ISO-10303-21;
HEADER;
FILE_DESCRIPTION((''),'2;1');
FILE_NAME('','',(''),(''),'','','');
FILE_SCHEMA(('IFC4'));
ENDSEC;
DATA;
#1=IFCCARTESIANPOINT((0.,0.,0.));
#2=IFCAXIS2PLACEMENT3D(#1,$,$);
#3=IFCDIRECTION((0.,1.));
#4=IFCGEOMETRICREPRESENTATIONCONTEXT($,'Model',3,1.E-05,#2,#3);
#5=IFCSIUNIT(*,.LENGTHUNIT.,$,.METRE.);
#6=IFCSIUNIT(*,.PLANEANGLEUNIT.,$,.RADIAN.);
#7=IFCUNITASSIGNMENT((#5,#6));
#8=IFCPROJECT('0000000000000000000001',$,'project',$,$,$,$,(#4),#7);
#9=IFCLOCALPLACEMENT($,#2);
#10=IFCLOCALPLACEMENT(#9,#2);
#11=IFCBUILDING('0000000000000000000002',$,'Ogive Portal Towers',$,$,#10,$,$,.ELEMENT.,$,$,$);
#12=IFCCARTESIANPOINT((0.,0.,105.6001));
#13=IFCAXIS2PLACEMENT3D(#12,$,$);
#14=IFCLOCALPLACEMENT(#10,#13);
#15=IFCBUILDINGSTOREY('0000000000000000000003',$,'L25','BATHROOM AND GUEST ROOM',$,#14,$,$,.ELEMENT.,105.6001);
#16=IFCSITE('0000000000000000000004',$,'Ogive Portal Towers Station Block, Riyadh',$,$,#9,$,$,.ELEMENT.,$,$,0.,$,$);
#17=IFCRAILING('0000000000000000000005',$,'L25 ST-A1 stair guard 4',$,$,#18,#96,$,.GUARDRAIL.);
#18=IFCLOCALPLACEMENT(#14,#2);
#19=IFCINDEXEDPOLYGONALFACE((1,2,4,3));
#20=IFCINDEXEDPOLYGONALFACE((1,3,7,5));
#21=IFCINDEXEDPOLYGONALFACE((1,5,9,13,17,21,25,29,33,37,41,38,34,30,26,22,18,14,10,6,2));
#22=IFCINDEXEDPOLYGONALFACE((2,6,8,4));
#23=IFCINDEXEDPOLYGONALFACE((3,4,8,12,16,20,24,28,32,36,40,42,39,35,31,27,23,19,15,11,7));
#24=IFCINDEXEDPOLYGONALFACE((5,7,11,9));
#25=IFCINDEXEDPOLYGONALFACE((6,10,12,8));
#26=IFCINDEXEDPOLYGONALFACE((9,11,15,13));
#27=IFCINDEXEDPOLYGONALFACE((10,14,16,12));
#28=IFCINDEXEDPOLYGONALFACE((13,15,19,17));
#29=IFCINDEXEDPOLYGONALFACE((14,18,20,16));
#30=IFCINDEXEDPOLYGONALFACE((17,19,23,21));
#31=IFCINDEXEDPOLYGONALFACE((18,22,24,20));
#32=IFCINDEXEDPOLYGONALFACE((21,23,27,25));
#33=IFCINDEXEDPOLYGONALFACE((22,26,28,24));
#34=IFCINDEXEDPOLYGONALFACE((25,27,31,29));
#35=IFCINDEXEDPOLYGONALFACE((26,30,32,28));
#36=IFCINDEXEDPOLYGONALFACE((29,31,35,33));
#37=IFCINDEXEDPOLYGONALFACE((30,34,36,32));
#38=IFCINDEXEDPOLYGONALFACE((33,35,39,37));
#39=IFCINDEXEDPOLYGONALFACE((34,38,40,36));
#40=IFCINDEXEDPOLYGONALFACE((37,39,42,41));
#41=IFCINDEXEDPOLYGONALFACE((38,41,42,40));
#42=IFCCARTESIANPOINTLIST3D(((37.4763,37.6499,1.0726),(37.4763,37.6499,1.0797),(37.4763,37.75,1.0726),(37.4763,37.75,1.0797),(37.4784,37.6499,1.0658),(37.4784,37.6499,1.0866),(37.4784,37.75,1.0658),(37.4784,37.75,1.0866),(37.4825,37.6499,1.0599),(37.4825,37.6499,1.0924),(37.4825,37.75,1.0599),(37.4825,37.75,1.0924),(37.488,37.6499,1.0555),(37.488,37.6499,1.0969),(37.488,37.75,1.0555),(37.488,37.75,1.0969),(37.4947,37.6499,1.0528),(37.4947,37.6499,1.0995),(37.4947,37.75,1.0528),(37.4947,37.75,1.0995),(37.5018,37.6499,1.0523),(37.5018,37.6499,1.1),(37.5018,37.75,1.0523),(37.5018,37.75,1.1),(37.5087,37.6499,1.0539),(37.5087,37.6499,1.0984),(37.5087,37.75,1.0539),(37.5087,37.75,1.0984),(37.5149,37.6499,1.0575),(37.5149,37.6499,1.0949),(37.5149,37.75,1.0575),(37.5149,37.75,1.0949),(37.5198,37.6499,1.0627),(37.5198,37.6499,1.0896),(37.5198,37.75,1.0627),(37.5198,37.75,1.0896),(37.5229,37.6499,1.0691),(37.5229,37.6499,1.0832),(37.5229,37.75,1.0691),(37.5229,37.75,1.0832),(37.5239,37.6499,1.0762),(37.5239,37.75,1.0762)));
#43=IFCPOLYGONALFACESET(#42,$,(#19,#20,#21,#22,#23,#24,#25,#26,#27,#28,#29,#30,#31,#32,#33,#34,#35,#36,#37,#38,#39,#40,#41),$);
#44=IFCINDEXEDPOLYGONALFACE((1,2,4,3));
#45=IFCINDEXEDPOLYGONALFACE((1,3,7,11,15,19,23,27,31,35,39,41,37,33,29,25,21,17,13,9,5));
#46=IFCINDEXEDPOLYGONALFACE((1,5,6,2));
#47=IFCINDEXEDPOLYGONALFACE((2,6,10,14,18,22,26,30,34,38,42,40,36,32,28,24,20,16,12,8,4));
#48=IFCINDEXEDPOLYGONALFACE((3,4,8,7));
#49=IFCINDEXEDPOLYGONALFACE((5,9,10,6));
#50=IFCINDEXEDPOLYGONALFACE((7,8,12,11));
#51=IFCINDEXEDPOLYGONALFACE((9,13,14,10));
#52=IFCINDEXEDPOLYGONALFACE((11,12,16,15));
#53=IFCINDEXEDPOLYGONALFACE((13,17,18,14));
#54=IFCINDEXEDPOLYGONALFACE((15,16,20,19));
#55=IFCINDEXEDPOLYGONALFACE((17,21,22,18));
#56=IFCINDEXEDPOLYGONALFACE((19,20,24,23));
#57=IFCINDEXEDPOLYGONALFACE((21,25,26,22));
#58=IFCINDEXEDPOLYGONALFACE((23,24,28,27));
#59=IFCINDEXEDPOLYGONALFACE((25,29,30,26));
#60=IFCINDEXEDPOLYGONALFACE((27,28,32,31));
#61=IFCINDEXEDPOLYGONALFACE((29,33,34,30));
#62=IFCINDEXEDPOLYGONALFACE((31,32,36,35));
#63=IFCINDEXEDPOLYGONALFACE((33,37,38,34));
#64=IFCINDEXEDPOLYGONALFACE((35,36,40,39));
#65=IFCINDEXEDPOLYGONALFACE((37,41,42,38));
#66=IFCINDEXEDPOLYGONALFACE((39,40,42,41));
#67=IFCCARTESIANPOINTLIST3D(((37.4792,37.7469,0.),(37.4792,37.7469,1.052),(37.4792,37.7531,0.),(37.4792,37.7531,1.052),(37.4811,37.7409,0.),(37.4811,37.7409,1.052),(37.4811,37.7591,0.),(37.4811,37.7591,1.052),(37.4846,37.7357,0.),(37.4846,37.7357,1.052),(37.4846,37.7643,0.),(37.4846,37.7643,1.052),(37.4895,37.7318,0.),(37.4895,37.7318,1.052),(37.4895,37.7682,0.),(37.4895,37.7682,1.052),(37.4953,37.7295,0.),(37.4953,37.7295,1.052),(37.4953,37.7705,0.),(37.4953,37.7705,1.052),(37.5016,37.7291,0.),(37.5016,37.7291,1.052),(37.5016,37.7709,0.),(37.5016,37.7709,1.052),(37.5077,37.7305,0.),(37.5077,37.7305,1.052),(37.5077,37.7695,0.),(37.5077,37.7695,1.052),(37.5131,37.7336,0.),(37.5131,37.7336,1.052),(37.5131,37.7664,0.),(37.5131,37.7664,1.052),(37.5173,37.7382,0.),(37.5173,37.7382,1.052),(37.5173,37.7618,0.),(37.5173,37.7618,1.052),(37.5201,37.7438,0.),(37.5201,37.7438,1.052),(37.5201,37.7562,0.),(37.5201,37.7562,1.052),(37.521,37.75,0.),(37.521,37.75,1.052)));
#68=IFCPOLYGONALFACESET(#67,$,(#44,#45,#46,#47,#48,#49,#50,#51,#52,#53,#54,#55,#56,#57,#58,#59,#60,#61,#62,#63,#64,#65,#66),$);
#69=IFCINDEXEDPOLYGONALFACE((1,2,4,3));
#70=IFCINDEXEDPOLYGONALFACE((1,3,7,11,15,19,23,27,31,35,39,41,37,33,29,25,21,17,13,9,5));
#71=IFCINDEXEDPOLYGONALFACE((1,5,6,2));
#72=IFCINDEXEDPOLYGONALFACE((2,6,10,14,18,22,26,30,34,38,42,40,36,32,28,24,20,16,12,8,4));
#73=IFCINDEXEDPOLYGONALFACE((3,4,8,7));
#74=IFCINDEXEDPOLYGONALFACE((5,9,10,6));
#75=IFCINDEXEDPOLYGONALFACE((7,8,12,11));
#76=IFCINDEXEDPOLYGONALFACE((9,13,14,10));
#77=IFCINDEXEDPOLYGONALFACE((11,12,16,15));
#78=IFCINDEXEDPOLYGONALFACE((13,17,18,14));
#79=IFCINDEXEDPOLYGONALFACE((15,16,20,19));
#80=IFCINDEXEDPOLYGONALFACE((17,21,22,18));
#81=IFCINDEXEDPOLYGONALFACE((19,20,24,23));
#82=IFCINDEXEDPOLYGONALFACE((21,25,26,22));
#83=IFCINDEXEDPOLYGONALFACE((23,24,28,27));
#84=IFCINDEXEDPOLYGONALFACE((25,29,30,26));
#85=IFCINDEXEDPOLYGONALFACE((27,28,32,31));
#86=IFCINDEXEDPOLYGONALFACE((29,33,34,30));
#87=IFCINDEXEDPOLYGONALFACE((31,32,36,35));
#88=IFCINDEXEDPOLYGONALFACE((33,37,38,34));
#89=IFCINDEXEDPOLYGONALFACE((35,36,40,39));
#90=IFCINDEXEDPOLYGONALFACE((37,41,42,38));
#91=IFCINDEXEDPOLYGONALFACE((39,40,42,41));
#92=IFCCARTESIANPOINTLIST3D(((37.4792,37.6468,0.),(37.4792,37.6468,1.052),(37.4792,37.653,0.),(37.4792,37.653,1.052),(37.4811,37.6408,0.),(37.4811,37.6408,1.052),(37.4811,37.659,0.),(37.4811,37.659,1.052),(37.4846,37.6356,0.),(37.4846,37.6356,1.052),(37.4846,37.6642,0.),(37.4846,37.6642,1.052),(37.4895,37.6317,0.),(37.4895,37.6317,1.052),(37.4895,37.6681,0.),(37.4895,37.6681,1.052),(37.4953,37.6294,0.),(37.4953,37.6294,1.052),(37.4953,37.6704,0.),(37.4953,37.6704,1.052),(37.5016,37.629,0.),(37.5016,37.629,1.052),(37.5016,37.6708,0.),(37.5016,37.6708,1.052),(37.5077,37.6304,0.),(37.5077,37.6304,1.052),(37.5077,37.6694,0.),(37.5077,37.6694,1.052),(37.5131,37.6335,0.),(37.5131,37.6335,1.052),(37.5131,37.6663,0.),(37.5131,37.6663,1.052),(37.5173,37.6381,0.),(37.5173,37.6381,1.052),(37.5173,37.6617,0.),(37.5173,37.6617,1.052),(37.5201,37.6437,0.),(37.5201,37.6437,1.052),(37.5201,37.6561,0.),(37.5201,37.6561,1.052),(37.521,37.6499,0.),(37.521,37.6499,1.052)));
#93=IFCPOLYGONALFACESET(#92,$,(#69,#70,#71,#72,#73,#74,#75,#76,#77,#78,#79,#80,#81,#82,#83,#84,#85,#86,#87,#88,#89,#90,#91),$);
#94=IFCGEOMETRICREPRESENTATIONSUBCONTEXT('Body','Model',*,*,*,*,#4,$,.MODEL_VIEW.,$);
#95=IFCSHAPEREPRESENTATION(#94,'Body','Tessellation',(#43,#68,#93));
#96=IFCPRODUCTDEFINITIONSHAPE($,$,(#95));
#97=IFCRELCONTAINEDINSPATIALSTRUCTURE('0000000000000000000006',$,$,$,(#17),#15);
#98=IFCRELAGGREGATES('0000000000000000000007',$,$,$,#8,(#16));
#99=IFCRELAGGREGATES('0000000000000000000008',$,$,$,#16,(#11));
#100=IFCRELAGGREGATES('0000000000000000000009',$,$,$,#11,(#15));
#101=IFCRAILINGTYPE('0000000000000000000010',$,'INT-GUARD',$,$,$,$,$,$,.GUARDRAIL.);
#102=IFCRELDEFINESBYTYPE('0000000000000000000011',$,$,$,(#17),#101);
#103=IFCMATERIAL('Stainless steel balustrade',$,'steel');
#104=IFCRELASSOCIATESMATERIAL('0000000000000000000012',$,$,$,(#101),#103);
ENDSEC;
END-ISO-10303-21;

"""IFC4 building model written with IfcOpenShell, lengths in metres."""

from ifc_helpers import new_model, si_unit, direction, frame, origin, origin_2d, place, context, subcontext, project, spatial, circle, extrude, material, type_object, element, save


model = new_model("IFC4")

# Units and contexts
model_context = context("Model", 3, precision=1e-05, world=origin(), true_north=direction((0.0, 1.0)))
body_context = subcontext(model_context, "Body", "Model", "MODEL_VIEW")
ifc_project = project(units=[si_unit("LENGTHUNIT", "METRE"), si_unit("PLANEANGLEUNIT", "RADIAN")], contexts=[model_context])

# Site, building, storey
site_placement = place(None, origin())
site = spatial("IfcSite", under=ifc_project, at=site_placement, Name="Ogive Portal Towers Station Block, Riyadh", CompositionType="ELEMENT", RefElevation=0.0)
building_placement = place(site_placement, origin())
building = spatial("IfcBuilding", under=site, at=building_placement, Name="Ogive Portal Towers", CompositionType="ELEMENT")
storey_placement = place(building_placement, frame((0.0, 0.0, 105.6001)))
storey = spatial("IfcBuildingStorey", under=building, at=storey_placement, Name="L25", Description="BATHROOM AND GUEST ROOM", CompositionType="ELEMENT", Elevation=105.6001)

# Railing
ifc_material_1 = material(Name="Stainless steel balustrade", Category="steel")
railing_type_1 = type_object("IfcRailingType", Name="INT-GUARD", PredefinedType="GUARDRAIL", material=ifc_material_1)
railing_1_placement = place(storey_placement, frame((37.5, 37.75, 0.0)))
element("IfcRailing", 1, at=railing_1_placement, inside=storey, type_object=railing_type_1, Name="L25 ST-A1 stair guard 4", PredefinedType="GUARDRAIL", context=body_context, shape_type="SweptSolid", body=[
    extrude(circle(Radius=0.0239, at=origin_2d()), frame((0.0, 0.0, 1.0762), z_axis=(0.0, -1.0, 0.0), x_axis=(1.0, 0.0, 0.0)), (0.0, 0.0, 1.0), 0.1001),
    extrude(circle(Radius=0.021, at=origin_2d()), origin(), (0.0, 0.0, 1.0), 1.052),
    extrude(circle(Radius=0.021, at=origin_2d()), frame((0.0, -0.1001, 0.0)), (0.0, 0.0, 1.0), 1.052),
])

save(model, "model.ifc")
